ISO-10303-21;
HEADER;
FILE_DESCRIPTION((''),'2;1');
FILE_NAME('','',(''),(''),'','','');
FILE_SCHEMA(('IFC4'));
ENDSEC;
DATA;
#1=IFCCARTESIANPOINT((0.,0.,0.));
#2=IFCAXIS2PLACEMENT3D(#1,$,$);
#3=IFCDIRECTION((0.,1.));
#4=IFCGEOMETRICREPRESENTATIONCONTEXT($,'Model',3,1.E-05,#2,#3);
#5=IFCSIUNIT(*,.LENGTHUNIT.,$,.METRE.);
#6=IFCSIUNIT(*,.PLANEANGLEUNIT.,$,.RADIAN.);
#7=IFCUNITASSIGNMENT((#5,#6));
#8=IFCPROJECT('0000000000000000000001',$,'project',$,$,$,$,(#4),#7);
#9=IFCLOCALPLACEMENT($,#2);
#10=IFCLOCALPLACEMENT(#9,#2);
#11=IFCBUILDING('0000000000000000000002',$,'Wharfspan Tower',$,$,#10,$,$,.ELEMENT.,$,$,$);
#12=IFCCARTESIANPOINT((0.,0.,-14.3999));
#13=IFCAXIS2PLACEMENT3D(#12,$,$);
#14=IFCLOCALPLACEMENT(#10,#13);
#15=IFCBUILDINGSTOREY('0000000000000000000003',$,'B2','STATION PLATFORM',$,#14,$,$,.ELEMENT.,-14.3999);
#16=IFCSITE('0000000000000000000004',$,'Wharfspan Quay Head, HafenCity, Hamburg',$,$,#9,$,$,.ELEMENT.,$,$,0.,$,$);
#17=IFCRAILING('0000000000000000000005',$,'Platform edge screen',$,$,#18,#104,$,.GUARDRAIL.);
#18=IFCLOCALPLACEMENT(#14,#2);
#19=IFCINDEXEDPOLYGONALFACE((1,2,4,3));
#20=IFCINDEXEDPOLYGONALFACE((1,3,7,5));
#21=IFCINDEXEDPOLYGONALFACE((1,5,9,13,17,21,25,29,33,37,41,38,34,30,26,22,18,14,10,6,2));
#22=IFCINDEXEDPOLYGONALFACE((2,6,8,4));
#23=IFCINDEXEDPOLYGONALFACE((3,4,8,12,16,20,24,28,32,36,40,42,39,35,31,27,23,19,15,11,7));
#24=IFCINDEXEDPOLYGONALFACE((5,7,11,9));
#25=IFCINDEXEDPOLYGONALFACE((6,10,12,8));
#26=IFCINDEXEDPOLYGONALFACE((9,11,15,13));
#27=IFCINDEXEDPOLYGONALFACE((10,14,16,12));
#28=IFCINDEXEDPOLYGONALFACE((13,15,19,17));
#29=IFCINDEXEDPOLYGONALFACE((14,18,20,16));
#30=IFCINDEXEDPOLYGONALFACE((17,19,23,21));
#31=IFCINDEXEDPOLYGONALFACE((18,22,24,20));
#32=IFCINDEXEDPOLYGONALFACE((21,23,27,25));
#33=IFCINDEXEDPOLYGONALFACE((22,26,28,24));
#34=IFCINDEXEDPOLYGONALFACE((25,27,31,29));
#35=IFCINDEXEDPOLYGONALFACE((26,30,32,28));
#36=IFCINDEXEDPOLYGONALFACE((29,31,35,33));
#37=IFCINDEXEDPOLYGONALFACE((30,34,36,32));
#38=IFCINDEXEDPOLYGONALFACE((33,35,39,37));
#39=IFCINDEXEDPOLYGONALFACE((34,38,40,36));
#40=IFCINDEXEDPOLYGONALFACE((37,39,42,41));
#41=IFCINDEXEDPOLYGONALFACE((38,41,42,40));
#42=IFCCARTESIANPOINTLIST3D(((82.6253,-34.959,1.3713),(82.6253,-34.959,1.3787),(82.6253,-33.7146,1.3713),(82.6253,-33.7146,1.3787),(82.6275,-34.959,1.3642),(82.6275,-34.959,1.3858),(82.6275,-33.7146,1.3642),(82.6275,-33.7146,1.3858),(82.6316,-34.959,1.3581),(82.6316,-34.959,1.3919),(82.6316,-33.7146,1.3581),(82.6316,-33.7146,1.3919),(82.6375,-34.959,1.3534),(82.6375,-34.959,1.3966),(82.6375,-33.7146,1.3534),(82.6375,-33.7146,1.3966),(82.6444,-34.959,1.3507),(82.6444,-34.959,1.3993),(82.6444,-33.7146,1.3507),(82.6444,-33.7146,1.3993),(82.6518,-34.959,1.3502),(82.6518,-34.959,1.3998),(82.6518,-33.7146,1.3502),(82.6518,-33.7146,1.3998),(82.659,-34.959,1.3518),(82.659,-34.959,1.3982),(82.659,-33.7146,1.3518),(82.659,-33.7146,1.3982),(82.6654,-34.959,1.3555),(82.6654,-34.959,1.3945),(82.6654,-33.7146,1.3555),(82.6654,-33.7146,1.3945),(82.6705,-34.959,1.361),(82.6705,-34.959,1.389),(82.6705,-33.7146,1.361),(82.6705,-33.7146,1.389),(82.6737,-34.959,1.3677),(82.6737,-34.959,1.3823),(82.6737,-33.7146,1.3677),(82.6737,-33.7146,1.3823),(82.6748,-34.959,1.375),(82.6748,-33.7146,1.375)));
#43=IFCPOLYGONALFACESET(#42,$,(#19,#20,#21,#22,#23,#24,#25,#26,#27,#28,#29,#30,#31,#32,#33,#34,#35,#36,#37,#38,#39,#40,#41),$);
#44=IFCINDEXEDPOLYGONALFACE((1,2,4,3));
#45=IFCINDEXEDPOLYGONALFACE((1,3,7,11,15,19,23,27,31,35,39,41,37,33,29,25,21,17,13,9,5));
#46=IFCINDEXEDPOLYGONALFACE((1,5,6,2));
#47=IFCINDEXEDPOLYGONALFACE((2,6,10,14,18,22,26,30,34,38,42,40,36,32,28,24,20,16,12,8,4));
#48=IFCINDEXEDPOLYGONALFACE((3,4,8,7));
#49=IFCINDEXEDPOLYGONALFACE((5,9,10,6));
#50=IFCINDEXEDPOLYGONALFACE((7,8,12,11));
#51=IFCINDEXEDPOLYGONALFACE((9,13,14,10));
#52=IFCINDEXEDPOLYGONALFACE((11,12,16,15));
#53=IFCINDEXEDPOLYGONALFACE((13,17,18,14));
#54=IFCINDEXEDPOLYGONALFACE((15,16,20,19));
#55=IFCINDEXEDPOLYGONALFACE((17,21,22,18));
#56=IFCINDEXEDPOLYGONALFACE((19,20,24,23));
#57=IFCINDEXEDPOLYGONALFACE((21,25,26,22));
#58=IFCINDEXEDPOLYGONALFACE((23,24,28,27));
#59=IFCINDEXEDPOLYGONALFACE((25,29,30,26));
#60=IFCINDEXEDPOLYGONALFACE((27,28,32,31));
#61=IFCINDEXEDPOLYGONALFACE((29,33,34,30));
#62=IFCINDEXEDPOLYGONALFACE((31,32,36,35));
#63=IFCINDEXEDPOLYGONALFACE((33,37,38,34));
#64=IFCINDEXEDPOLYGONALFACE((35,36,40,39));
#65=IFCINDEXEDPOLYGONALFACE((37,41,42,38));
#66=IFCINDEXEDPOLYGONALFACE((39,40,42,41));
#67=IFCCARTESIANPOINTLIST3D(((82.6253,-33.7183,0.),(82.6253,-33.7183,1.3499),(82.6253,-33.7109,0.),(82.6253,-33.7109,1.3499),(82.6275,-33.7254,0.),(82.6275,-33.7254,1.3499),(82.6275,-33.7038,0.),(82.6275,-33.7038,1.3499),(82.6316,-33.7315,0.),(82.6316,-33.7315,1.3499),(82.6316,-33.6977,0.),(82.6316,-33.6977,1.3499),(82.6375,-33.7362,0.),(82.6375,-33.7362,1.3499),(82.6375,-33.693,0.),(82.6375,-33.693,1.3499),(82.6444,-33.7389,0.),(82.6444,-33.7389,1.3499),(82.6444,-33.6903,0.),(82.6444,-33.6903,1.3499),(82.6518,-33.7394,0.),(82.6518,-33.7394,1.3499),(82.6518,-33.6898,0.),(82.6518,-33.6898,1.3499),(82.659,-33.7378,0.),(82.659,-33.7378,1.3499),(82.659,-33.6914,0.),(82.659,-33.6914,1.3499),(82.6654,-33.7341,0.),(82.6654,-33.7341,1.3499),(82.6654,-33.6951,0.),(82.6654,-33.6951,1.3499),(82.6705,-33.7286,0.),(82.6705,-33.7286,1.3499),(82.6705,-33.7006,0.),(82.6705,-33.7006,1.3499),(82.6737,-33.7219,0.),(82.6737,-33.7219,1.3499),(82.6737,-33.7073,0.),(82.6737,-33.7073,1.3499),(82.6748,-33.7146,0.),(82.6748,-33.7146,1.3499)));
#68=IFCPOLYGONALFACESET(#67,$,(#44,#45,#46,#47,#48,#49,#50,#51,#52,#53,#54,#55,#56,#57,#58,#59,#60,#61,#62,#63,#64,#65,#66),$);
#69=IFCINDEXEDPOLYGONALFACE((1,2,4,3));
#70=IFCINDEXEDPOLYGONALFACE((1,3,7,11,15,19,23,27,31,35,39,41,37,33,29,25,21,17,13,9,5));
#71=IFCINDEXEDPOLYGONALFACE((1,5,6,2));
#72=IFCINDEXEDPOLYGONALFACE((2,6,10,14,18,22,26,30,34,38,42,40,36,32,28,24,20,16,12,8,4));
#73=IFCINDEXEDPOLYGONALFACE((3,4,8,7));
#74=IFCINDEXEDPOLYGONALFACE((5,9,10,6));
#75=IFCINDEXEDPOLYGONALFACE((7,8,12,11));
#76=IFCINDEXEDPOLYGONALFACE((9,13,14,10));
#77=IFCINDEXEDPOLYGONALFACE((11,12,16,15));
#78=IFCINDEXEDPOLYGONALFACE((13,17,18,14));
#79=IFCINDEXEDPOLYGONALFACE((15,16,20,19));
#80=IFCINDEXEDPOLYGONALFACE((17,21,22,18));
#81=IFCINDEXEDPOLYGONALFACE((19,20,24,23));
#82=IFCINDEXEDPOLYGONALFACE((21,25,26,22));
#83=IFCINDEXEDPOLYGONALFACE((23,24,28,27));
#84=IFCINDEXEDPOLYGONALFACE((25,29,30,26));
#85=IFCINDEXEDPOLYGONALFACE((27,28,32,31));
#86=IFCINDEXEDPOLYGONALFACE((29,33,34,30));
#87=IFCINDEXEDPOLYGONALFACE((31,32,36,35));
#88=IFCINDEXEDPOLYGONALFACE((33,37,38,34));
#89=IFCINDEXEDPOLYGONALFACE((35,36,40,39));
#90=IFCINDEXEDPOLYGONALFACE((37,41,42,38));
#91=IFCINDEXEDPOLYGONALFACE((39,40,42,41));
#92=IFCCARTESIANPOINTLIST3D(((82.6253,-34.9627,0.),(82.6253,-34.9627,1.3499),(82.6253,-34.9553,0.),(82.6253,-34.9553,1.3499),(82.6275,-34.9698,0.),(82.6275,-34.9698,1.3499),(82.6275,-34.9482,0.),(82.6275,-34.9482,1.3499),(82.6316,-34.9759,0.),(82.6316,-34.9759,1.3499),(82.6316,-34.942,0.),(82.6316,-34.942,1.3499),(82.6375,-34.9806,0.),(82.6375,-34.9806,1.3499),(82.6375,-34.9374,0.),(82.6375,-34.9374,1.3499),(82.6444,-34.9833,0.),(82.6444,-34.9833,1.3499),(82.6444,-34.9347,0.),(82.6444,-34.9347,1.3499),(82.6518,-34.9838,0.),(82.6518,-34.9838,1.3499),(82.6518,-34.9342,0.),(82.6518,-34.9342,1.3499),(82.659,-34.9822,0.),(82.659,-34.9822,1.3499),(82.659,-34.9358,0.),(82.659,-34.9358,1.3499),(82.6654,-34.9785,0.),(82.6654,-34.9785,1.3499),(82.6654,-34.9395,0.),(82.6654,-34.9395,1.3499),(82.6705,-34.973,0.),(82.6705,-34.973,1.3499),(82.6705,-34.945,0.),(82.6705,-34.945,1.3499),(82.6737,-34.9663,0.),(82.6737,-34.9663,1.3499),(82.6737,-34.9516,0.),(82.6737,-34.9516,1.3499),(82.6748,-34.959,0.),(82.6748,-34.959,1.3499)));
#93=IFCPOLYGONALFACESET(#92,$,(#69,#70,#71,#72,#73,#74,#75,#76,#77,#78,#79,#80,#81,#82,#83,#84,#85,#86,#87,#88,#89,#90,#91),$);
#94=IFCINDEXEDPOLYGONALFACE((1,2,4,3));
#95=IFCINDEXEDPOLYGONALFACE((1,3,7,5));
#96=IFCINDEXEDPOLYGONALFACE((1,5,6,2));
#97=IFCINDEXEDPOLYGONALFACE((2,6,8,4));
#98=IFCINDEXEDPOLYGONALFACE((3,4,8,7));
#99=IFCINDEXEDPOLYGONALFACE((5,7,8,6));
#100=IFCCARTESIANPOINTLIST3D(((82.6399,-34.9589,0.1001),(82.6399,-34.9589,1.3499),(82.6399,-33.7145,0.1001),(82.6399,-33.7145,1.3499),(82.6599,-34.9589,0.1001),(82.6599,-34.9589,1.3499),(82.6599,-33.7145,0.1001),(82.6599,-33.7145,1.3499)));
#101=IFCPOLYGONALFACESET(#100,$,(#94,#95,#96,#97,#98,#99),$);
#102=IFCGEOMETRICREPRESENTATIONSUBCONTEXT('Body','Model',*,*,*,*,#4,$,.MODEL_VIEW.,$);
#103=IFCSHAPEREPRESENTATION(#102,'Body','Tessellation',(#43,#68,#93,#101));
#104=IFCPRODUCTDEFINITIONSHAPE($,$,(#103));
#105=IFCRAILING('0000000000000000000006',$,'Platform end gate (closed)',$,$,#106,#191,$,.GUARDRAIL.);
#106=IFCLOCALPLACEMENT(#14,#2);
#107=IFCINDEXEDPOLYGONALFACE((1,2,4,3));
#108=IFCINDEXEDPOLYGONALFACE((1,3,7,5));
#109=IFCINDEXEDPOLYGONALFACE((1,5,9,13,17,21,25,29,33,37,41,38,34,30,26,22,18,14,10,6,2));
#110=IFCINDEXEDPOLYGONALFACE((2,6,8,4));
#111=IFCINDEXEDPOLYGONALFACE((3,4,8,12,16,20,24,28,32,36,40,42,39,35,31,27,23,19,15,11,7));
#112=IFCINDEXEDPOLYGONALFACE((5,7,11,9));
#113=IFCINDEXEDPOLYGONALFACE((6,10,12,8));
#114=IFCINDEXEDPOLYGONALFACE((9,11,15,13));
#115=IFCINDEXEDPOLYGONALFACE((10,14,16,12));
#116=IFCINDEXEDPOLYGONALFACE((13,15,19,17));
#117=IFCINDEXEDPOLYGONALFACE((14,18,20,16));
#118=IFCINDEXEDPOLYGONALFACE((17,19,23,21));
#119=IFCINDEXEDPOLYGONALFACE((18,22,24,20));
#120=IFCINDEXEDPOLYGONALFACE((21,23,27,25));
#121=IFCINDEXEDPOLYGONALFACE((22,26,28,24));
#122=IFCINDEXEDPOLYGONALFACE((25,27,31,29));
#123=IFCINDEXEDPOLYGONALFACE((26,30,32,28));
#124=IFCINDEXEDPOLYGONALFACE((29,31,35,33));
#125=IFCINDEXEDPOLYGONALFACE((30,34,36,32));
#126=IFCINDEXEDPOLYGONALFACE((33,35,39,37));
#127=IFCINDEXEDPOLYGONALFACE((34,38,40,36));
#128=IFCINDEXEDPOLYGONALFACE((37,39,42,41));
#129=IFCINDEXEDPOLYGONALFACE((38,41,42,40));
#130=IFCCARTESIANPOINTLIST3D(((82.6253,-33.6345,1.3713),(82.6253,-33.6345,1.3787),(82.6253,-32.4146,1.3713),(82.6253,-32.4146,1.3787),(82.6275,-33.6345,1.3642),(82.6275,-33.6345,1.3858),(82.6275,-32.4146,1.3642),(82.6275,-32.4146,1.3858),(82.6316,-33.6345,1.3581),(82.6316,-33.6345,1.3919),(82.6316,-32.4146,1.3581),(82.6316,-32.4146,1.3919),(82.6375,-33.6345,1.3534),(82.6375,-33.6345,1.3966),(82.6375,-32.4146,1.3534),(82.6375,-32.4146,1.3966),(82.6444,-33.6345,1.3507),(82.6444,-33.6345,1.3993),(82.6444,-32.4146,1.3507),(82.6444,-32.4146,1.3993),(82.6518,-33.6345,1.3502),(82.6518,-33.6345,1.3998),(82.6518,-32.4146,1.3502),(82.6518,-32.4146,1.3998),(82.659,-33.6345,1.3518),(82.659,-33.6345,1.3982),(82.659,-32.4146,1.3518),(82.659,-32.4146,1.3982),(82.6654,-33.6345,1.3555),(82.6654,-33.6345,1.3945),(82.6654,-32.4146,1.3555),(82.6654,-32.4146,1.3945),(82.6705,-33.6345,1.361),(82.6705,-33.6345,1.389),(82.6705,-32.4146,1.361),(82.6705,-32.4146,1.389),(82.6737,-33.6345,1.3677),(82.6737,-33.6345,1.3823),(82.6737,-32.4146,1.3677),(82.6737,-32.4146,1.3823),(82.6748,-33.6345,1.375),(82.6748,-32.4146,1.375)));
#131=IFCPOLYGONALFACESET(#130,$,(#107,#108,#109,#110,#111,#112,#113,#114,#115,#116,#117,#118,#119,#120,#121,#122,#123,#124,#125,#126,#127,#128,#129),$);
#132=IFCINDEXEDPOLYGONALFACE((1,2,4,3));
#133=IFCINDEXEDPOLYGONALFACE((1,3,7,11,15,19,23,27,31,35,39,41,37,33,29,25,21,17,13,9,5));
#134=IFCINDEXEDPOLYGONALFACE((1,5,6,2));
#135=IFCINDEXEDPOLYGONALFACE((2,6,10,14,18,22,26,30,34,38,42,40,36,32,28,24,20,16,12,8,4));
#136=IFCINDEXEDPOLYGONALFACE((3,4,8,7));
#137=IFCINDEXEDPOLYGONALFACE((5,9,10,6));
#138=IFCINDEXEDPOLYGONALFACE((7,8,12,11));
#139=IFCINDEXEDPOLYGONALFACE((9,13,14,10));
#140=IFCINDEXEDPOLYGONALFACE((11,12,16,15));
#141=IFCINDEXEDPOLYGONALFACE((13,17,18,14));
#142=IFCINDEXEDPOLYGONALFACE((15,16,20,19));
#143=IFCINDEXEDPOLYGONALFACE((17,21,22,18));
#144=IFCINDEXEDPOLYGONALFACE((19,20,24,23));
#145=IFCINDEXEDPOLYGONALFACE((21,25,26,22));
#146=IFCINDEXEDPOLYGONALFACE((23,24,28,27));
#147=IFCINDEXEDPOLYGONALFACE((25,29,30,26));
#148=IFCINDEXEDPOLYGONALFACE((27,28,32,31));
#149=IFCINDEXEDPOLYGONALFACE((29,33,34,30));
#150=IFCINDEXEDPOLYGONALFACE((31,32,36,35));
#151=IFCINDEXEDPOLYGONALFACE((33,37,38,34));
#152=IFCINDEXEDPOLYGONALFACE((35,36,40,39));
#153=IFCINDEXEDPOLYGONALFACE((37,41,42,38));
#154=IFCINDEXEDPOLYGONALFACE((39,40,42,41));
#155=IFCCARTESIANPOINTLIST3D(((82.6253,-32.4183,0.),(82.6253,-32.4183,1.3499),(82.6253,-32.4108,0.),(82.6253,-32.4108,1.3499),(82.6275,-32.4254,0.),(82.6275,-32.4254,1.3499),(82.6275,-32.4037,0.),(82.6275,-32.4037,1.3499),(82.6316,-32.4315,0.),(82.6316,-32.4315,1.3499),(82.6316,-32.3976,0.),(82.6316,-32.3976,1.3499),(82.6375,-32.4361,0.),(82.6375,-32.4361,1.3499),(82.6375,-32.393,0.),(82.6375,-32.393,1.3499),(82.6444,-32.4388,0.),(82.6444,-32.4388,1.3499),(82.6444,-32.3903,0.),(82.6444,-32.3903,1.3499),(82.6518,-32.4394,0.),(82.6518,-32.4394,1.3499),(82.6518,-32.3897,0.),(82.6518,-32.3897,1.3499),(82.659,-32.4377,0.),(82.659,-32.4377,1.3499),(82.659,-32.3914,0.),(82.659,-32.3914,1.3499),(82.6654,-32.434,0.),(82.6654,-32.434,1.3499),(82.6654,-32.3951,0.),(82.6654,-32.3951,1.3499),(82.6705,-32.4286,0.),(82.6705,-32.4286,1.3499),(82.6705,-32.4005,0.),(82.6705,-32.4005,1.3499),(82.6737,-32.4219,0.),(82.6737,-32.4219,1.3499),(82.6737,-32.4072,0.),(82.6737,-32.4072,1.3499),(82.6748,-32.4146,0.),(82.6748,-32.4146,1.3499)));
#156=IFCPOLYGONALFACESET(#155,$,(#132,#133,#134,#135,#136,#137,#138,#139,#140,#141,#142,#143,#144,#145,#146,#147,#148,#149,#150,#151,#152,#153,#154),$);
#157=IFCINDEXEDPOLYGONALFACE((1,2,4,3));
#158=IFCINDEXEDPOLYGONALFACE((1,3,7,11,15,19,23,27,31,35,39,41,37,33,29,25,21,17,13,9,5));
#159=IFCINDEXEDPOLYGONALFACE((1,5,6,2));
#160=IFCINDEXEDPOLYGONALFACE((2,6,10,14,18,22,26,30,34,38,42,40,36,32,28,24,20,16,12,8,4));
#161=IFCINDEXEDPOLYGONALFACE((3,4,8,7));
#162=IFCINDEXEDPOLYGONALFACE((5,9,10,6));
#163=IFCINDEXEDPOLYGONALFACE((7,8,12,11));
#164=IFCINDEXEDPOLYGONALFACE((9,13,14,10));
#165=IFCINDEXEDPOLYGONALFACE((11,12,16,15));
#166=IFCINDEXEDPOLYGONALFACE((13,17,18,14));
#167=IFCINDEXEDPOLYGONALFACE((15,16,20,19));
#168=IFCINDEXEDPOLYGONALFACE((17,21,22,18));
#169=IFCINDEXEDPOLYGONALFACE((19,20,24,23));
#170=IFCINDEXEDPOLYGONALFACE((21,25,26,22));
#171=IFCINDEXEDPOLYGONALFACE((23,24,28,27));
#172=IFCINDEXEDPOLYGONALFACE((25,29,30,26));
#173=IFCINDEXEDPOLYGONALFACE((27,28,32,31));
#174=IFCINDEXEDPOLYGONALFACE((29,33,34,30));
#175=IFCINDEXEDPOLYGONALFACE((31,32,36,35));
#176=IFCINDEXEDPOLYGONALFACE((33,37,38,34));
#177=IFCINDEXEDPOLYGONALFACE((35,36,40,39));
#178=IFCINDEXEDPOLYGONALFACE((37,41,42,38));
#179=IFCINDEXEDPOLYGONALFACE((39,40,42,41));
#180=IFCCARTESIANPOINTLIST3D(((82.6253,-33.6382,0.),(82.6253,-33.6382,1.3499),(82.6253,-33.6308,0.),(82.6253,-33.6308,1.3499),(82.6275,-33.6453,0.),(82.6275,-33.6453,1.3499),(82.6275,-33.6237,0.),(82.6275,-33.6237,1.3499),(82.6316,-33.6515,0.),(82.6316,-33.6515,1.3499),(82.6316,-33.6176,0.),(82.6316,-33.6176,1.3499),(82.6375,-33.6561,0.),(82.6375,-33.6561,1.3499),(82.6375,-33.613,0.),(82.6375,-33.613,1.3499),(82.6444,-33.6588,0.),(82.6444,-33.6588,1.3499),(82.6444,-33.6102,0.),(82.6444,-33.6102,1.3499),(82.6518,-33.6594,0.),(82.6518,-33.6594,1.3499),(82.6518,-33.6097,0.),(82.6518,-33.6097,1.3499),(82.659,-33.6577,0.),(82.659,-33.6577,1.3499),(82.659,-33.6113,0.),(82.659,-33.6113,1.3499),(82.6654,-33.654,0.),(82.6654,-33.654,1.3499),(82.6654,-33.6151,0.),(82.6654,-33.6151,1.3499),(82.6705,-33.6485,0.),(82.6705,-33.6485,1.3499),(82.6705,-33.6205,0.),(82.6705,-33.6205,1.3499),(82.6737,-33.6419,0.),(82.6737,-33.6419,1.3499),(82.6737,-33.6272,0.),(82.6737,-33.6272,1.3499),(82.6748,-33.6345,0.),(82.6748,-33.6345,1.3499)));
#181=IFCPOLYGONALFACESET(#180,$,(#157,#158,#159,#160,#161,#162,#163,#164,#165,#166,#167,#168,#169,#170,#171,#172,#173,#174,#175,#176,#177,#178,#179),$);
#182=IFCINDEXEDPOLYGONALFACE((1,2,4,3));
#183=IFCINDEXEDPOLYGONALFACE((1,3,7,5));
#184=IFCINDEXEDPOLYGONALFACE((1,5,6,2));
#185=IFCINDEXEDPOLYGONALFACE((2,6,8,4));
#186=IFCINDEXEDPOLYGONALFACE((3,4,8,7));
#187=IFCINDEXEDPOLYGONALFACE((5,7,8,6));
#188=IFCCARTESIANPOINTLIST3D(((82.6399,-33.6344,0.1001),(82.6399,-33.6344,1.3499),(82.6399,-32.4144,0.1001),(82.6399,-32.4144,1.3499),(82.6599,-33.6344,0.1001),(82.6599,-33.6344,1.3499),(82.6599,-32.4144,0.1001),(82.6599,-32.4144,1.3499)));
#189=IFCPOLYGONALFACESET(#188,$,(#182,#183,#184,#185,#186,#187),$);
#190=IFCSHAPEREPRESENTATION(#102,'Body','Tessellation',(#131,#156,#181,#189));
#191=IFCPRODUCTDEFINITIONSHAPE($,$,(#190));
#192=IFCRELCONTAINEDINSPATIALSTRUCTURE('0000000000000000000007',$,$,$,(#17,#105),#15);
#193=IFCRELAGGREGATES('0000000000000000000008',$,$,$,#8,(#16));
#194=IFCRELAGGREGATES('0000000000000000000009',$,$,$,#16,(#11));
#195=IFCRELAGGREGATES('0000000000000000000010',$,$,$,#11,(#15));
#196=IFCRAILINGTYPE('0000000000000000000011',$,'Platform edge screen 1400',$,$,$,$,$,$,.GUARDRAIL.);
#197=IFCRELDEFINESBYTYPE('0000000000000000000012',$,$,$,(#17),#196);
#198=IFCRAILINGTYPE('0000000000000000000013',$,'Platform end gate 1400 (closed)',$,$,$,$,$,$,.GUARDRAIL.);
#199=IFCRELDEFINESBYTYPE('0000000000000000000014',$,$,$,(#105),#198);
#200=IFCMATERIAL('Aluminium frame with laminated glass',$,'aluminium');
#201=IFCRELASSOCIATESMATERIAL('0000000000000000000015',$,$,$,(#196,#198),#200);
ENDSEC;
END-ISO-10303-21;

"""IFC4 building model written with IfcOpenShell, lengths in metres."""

from ifc_helpers import new_model, si_unit, direction, frame, origin, origin_2d, place, context, subcontext, project, spatial, rectangle, circle, extrude, material, type_object, element, save


model = new_model("IFC4")

# Units and contexts
model_context = context("Model", 3, precision=1e-05, world=origin(), true_north=direction((0.0, 1.0)))
body_context = subcontext(model_context, "Body", "Model", "MODEL_VIEW")
ifc_project = project(units=[si_unit("LENGTHUNIT", "METRE"), si_unit("PLANEANGLEUNIT", "RADIAN")], contexts=[model_context])

# Site, building, storey
site_placement = place(None, origin())
site = spatial("IfcSite", under=ifc_project, at=site_placement, Name="Wharfspan Quay Head, HafenCity, Hamburg", CompositionType="ELEMENT", RefElevation=0.0)
building_placement = place(site_placement, origin())
building = spatial("IfcBuilding", under=site, at=building_placement, Name="Wharfspan Tower", CompositionType="ELEMENT")
storey_placement = place(building_placement, frame((0.0, 0.0, -14.3999)))
storey = spatial("IfcBuildingStorey", under=building, at=storey_placement, Name="B2", Description="STATION PLATFORM", CompositionType="ELEMENT", Elevation=-14.3999)

# Railings
ifc_material_1 = material(Name="Aluminium frame with laminated glass", Category="aluminium")
railing_type_1 = type_object("IfcRailingType", Name="Platform edge screen 1400", PredefinedType="GUARDRAIL", material=ifc_material_1)
for number, where, name in (
    (1, (82.6499, -33.7146, 0.0), "Platform edge screen"),
):
    element("IfcRailing", number, at=place(storey_placement, frame(where)), inside=storey, type_object=railing_type_1, Name=name, PredefinedType="GUARDRAIL", context=body_context, shape_type="SweptSolid", body=[
        extrude(circle(Radius=0.0249, at=origin_2d()), frame((0.0, 0.0, 1.375), z_axis=(0.0, -1.0, 0.0), x_axis=(1.0, 0.0, 0.0)), (0.0, 0.0, 1.0), 1.2444),
        extrude(circle(Radius=0.0249, at=origin_2d()), origin(), (0.0, 0.0, 1.0), 1.3499),
        extrude(circle(Radius=0.0249, at=origin_2d()), frame((0.0, -1.2444, 0.0)), (0.0, 0.0, 1.0), 1.3499),
        extrude(rectangle(XDim=1.2444, YDim=0.02, at=origin_2d()), frame((0.0, -0.6221, 0.1001), z_axis=(0.0, 0.0, 1.0), x_axis=(0.0, -1.0, 0.0)), (0.0, 0.0, 1.0), 1.2498),
    ])
railing_type_2 = type_object("IfcRailingType", Name="Platform end gate 1400 (closed)", PredefinedType="GUARDRAIL", material=ifc_material_1)
railing_1_placement = place(storey_placement, frame((82.6499, -32.4146, 0.0)))
element("IfcRailing", 2, at=railing_1_placement, inside=storey, type_object=railing_type_2, Name="Platform end gate (closed)", PredefinedType="GUARDRAIL", context=body_context, shape_type="SweptSolid", body=[
    extrude(circle(Radius=0.0249, at=origin_2d()), frame((0.0, 0.0, 1.375), z_axis=(0.0, -1.0, 0.0), x_axis=(1.0, 0.0, 0.0)), (0.0, 0.0, 1.0), 1.22),
    extrude(circle(Radius=0.0249, at=origin_2d()), origin(), (0.0, 0.0, 1.0), 1.3499),
    extrude(circle(Radius=0.0249, at=origin_2d()), frame((0.0, -1.22, 0.0)), (0.0, 0.0, 1.0), 1.3499),
    extrude(rectangle(XDim=1.22, YDim=0.02, at=origin_2d()), frame((0.0, -0.6099, 0.1001), z_axis=(0.0, 0.0, 1.0), x_axis=(0.0, -1.0, 0.0)), (0.0, 0.0, 1.0), 1.2498),
])

save(model, "model.ifc")
